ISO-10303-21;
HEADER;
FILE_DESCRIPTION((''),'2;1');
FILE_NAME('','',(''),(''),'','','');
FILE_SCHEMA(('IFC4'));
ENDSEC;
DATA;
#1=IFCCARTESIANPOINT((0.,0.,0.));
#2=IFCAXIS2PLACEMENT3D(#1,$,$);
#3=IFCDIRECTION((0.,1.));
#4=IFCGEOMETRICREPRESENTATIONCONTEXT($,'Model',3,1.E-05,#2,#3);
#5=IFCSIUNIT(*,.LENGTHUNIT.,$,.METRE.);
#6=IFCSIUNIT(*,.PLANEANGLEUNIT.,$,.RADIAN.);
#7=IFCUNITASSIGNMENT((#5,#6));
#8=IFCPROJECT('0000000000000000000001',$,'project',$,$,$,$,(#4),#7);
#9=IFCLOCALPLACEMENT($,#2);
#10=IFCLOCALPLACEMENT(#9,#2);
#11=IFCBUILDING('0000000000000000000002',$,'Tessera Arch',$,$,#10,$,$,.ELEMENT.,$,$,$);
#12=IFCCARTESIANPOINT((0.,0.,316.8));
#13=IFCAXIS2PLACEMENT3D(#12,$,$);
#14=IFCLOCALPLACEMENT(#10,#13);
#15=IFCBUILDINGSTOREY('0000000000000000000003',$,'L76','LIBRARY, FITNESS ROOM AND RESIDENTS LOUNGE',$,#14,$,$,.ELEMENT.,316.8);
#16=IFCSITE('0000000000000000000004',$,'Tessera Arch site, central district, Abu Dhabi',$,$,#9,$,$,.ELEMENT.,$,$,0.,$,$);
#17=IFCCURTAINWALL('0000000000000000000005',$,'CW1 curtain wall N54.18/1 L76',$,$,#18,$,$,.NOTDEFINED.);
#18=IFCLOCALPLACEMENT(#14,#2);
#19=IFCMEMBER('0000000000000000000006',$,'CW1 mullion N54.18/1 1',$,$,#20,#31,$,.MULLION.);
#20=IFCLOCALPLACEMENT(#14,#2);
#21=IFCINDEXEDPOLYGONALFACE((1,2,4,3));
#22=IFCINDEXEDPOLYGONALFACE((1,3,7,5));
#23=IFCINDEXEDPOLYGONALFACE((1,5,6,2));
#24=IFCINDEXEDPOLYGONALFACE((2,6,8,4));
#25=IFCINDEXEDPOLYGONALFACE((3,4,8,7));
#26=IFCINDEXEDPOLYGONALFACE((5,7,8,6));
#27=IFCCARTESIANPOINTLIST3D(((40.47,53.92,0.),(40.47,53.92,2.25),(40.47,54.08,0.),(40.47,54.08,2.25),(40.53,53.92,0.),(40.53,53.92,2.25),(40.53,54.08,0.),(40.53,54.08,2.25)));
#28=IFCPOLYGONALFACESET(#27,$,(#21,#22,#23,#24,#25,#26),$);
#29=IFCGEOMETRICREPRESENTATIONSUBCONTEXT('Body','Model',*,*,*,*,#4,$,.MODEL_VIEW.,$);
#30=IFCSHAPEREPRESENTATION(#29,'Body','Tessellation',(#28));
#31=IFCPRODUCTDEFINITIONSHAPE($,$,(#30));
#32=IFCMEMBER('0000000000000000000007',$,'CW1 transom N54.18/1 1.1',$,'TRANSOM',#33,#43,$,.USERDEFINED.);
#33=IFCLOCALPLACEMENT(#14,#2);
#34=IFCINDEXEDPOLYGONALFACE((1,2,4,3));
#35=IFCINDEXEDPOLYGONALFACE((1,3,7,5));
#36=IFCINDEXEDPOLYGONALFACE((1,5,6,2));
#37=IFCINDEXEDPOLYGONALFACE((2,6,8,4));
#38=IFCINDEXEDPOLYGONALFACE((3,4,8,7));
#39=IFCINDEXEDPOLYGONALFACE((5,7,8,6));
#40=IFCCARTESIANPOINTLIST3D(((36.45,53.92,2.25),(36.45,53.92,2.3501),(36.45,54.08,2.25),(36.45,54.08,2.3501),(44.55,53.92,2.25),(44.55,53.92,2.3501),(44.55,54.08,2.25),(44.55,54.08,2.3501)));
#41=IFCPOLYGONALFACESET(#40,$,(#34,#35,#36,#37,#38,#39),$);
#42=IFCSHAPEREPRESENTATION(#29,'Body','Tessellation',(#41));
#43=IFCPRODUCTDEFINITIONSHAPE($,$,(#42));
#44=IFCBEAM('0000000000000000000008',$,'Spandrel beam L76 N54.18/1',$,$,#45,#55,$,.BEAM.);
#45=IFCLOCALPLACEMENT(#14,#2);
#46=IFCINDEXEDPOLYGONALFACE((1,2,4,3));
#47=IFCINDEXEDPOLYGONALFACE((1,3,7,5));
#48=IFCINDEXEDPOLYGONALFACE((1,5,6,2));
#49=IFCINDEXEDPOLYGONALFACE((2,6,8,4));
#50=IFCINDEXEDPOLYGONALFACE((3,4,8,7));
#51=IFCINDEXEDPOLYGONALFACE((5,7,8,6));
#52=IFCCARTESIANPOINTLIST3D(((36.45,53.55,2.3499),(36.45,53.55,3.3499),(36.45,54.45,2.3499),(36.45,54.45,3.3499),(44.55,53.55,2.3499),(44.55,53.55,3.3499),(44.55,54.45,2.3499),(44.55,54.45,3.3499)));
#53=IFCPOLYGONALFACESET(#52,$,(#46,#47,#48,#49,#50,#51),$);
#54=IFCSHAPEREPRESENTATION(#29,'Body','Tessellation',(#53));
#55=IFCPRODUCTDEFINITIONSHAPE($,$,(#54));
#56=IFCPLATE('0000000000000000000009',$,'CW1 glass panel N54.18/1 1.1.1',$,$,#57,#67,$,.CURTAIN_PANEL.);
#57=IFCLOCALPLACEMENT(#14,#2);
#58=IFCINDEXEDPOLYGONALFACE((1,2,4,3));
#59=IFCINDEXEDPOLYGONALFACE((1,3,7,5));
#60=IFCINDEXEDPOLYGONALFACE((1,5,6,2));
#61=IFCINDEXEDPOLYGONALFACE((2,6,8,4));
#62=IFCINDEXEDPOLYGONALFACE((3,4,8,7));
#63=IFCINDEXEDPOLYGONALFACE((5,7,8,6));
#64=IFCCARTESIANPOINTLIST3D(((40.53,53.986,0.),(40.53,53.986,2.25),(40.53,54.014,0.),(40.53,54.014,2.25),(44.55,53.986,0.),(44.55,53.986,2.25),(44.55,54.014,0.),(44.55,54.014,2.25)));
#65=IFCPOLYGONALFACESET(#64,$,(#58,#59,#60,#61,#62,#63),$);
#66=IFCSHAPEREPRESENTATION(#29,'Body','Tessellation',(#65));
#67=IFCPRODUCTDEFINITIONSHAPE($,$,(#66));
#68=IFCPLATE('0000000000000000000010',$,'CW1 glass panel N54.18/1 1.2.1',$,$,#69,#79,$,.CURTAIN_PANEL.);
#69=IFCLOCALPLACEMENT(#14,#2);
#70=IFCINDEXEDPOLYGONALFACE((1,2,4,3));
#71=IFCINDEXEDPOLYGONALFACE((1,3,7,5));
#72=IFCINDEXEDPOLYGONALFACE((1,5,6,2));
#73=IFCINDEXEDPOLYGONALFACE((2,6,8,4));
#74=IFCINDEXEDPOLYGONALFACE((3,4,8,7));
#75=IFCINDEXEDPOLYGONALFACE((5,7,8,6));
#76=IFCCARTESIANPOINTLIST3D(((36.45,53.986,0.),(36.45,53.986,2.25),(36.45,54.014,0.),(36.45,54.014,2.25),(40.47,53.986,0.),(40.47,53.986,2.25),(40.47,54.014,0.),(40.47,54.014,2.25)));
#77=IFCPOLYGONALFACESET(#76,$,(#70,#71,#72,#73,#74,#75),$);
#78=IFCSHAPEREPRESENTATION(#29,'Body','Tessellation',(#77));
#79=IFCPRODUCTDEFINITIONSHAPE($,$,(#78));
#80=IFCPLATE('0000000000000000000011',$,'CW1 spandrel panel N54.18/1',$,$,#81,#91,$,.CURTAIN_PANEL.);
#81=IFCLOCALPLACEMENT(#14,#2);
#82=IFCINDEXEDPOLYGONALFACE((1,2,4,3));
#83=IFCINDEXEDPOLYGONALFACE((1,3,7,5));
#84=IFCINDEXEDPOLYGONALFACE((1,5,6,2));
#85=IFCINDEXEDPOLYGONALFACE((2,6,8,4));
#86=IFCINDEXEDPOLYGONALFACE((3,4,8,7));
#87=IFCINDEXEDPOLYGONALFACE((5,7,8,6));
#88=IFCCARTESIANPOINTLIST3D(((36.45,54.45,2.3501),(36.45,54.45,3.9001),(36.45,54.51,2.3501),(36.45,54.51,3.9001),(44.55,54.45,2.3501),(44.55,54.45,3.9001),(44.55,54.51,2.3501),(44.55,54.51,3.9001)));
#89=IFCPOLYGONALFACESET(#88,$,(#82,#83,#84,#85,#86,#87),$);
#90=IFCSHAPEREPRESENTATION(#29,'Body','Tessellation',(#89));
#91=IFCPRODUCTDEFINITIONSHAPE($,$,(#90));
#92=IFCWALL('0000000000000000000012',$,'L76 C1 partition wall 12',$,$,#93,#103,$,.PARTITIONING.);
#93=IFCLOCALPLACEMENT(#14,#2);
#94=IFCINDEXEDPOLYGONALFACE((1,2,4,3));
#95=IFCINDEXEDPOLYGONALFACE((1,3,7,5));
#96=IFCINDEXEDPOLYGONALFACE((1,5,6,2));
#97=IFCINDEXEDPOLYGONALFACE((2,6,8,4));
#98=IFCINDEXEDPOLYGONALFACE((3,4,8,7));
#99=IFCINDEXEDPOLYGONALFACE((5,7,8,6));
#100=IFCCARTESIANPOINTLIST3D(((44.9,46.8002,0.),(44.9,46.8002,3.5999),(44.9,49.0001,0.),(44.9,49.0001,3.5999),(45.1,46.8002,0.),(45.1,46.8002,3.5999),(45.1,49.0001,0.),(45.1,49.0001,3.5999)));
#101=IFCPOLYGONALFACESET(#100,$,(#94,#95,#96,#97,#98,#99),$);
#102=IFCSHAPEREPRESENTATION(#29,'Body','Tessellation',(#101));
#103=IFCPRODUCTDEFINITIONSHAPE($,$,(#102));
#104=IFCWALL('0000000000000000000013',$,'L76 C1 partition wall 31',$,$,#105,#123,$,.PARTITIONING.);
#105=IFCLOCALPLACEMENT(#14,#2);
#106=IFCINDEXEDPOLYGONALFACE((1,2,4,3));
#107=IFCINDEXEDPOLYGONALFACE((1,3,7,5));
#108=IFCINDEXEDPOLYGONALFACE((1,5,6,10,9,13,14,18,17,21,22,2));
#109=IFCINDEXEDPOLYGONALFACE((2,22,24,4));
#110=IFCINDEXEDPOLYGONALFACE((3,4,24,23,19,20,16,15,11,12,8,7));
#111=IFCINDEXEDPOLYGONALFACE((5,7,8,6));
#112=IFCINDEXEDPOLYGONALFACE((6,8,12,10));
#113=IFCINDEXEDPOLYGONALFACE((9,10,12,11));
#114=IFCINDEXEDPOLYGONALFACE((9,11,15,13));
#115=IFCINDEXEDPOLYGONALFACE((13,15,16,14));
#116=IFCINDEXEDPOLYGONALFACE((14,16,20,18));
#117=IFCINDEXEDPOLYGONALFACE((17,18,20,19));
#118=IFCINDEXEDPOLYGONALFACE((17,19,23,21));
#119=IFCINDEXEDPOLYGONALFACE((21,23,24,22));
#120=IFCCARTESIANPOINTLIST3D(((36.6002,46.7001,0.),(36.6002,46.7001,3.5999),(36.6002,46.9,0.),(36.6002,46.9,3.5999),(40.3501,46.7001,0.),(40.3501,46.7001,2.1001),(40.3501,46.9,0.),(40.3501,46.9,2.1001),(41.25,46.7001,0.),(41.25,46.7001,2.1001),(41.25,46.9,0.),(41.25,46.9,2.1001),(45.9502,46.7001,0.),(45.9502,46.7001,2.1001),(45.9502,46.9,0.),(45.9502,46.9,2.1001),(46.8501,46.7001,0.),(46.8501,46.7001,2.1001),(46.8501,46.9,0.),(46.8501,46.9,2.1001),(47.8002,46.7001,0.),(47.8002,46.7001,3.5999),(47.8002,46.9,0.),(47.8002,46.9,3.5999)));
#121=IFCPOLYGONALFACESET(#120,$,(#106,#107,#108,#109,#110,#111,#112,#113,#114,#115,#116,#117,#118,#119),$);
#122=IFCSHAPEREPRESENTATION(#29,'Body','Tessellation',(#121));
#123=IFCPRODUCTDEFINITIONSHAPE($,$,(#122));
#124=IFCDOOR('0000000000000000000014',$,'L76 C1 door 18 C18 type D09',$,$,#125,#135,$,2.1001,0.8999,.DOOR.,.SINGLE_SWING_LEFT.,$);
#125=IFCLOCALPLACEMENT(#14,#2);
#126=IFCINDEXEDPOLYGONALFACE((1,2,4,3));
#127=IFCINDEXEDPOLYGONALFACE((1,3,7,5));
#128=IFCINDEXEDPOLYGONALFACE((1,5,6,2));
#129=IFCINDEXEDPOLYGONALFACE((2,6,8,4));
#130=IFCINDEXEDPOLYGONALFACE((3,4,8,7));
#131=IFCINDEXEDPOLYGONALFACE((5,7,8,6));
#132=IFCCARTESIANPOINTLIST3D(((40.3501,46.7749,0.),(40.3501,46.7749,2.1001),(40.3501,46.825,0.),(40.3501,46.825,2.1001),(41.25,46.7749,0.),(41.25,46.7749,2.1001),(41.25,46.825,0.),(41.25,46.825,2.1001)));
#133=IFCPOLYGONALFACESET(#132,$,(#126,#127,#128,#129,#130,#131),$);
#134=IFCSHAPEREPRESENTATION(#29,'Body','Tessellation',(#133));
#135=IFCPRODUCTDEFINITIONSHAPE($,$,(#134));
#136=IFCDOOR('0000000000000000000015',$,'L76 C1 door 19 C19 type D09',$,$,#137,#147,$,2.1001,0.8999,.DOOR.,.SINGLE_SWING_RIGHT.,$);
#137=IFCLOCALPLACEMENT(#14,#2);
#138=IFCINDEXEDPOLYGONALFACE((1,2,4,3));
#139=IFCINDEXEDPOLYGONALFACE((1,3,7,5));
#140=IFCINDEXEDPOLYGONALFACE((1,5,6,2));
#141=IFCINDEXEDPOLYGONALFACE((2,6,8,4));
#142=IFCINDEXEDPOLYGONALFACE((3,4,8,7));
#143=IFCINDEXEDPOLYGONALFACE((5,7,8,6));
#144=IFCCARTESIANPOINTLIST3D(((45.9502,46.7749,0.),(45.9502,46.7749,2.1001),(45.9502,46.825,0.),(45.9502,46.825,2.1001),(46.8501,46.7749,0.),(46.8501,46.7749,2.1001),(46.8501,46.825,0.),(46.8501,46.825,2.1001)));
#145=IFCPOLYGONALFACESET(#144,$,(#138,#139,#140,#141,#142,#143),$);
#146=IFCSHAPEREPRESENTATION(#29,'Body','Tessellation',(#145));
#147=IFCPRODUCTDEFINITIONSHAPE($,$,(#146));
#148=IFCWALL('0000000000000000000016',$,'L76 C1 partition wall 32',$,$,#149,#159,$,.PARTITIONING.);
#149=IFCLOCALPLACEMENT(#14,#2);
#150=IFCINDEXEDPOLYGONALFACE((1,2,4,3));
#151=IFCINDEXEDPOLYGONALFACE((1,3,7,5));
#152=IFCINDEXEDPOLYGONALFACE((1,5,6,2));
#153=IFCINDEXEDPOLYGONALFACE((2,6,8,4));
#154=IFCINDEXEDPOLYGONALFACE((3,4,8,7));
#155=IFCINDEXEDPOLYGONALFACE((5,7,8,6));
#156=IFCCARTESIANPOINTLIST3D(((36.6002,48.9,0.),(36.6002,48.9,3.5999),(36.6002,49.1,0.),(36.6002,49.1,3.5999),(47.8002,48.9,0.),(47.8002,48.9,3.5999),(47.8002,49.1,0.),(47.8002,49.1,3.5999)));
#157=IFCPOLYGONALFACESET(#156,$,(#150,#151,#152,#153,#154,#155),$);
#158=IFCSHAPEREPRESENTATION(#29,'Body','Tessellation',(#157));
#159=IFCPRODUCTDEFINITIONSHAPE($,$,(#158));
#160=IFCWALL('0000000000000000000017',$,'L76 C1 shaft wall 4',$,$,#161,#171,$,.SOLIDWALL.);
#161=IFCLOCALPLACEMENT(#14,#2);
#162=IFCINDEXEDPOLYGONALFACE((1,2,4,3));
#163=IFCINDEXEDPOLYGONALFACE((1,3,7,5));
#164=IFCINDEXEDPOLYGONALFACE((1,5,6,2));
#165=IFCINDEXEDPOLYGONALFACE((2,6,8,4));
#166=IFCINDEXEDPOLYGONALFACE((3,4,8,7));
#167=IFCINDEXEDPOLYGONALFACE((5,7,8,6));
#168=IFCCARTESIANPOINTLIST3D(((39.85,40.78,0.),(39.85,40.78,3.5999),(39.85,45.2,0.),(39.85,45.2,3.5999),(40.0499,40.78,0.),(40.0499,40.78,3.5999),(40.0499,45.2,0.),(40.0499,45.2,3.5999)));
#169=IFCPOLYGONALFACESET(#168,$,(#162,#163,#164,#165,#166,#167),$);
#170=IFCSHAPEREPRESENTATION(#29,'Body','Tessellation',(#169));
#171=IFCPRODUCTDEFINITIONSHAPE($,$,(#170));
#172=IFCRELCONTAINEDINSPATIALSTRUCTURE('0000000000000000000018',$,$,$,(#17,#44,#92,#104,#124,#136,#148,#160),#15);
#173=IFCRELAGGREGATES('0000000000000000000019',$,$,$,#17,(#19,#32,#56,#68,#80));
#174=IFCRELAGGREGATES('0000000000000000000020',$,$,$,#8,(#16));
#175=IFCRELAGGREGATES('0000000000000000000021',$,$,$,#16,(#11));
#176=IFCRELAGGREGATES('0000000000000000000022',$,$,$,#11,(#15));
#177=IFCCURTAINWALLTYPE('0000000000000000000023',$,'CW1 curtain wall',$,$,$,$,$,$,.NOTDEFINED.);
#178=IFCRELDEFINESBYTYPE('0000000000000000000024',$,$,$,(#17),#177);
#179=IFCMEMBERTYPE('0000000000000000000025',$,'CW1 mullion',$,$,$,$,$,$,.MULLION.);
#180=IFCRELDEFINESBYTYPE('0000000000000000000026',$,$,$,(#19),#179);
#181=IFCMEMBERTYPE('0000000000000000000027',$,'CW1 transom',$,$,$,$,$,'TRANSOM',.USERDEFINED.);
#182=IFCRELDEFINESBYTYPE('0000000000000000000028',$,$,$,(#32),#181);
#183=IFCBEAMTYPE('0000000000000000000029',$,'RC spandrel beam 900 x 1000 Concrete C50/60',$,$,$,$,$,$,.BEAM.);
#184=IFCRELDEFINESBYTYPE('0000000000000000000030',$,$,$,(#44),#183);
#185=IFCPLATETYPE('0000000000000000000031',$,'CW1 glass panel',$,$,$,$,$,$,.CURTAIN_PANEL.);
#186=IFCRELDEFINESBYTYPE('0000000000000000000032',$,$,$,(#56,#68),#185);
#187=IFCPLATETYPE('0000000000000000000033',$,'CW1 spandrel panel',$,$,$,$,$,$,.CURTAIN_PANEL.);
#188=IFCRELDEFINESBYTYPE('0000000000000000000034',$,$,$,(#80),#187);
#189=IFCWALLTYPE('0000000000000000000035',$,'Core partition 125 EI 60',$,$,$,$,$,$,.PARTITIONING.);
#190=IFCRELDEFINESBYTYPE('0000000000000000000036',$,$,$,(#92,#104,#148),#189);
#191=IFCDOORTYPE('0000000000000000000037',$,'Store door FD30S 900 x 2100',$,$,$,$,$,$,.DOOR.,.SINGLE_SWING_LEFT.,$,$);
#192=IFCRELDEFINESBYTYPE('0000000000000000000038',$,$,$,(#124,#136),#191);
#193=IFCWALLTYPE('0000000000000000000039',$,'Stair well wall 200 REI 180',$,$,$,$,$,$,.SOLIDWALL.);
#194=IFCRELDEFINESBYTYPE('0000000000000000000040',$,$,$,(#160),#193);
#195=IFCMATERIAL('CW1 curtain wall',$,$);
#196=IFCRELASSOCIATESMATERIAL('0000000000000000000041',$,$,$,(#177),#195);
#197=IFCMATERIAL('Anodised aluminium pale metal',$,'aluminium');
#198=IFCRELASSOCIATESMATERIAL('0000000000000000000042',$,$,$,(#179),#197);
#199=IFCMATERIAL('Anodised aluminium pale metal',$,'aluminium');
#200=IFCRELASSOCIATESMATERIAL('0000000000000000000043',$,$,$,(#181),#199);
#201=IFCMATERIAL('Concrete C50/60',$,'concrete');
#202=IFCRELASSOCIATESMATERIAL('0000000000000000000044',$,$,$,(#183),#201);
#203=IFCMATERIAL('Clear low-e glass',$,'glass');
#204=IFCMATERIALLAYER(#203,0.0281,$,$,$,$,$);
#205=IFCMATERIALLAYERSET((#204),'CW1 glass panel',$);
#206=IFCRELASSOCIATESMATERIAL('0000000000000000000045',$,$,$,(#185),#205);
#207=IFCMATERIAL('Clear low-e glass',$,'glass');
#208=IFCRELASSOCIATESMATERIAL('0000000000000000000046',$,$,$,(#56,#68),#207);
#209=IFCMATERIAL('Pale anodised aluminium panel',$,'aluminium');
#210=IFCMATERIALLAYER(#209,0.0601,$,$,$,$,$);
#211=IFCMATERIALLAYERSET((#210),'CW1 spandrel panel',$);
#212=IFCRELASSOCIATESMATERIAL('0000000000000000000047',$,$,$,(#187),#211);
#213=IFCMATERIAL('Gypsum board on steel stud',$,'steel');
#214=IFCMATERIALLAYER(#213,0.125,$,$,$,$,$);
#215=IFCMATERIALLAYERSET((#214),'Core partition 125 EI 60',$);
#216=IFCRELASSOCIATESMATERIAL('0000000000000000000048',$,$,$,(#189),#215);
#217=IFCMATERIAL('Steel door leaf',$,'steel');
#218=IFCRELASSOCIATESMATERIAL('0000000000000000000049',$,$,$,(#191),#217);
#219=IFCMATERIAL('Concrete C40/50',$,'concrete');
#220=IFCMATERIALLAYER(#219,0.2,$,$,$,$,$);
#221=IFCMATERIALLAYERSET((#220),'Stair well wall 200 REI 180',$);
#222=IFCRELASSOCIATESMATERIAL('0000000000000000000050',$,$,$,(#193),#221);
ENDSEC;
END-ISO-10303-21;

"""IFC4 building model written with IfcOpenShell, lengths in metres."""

from ifc_helpers import new_model, si_unit, direction, frame, frame_2d, origin, origin_2d, place, context, subcontext, project, spatial, rectangle, extrude, material, layer, layer_set, material_profile, profile_set, type_object, element, fill, aggregate, save


model = new_model("IFC4")

# Units and contexts
model_context = context("Model", 3, precision=1e-05, world=origin(), true_north=direction((0.0, 1.0)))
body_context = subcontext(model_context, "Body", "Model", "MODEL_VIEW")
ifc_project = project(units=[si_unit("LENGTHUNIT", "METRE"), si_unit("PLANEANGLEUNIT", "RADIAN")], contexts=[model_context])

# Site, building, storey
site_placement = place(None, origin())
site = spatial("IfcSite", under=ifc_project, at=site_placement, Name="Tessera Arch site, central district, Abu Dhabi", CompositionType="ELEMENT", RefElevation=0.0)
building_placement = place(site_placement, origin())
building = spatial("IfcBuilding", under=site, at=building_placement, Name="Tessera Arch", CompositionType="ELEMENT")
storey_placement = place(building_placement, frame((0.0, 0.0, 316.8)))
storey = spatial("IfcBuildingStorey", under=building, at=storey_placement, Name="L76", Description="LIBRARY, FITNESS ROOM AND RESIDENTS LOUNGE", CompositionType="ELEMENT", Elevation=316.8)

# Curtain wall, members
ifc_material_1 = material(Name="CW1 curtain wall")
curtain_wall_type = type_object("IfcCurtainWallType", Name="CW1 curtain wall", PredefinedType="NOTDEFINED", material=ifc_material_1)
curtain_wall_placement = place(storey_placement, origin())
curtain_wall = element("IfcCurtainWall", 1, at=curtain_wall_placement, inside=storey, type_object=curtain_wall_type, Name="CW1 curtain wall N54.18/1 L76", PredefinedType="NOTDEFINED")
ifc_material_2 = material(Name="Anodised aluminium pale metal", Category="aluminium")
ifc_material_profile_1 = material_profile(ifc_material_2, rectangle(XDim=0.1599, YDim=0.0601, at=origin_2d()), Name="AL 60x160")
ifc_profile_set_1 = profile_set([ifc_material_profile_1], Name="Anodised aluminium pale metal")
member_type_1 = type_object("IfcMemberType", Name="CW1 mullion", PredefinedType="MULLION", material=ifc_profile_set_1)
member_1_placement = place(storey_placement, frame((40.5, 54.0, 0.0), z_axis=(0.0, 0.0, 1.0), x_axis=(0.0, -1.0, 0.0)))
member_1 = element("IfcMember", 2, at=member_1_placement, type_object=member_type_1, Name="CW1 mullion N54.18/1 1", PredefinedType="MULLION", context=body_context, shape_type="SweptSolid", body=[
    extrude(rectangle(XDim=0.1599, YDim=0.0601, at=origin_2d()), origin(), (0.0, 0.0, 1.0), 2.25),
])
ifc_material_3 = material(Name="Anodised aluminium pale metal", Category="aluminium")
ifc_material_profile_2 = material_profile(ifc_material_3, rectangle(XDim=0.1599, YDim=0.1001, at=origin_2d()), Name="AL 160x100")
ifc_profile_set_2 = profile_set([ifc_material_profile_2], Name="Anodised aluminium pale metal")
member_type_2 = type_object("IfcMemberType", Name="CW1 transom", ElementType="TRANSOM", PredefinedType="USERDEFINED", material=ifc_profile_set_2)
member_2_placement = place(storey_placement, frame((44.55, 54.0, 2.3), z_axis=(-1.0, 0.0, 0.0), x_axis=(0.0, -1.0, 0.0)))
member_2 = element("IfcMember", 3, at=member_2_placement, type_object=member_type_2, Name="CW1 transom N54.18/1 1.1", ObjectType="TRANSOM", PredefinedType="USERDEFINED", context=body_context, shape_type="SweptSolid", body=[
    extrude(rectangle(XDim=0.1599, YDim=0.1001, at=origin_2d()), origin(), (0.0, 0.0, 1.0), 8.1001),
])

# Beam
ifc_material_4 = material(Name="Concrete C50/60", Category="concrete")
ifc_material_profile_3 = material_profile(ifc_material_4, rectangle(XDim=0.8999, YDim=1.0, at=origin_2d()), Name="RC spandrel beam 900 x 1000 Concrete C50/60")
ifc_profile_set_3 = profile_set([ifc_material_profile_3], Name="Concrete C50/60")
beam_type = type_object("IfcBeamType", Name="RC spandrel beam 900 x 1000 Concrete C50/60", PredefinedType="BEAM", material=ifc_profile_set_3)
beam_placement = place(storey_placement, frame((44.55, 54.0, 2.8499), z_axis=(-1.0, 0.0, 0.0), x_axis=(0.0, -1.0, 0.0)))
element("IfcBeam", 4, at=beam_placement, inside=storey, type_object=beam_type, Name="Spandrel beam L76 N54.18/1", PredefinedType="BEAM", context=body_context, shape_type="SweptSolid", body=[
    extrude(rectangle(XDim=0.8999, YDim=1.0, at=origin_2d()), origin(), (0.0, 0.0, 1.0), 8.1001),
])

# Plates
ifc_material_5 = material(Name="Clear low-e glass", Category="glass")
ifc_material_6 = material(Name="Clear low-e glass", Category="glass")
ifc_layer_1 = layer(ifc_material_6, 0.0281)
ifc_layer_set_1 = layer_set([ifc_layer_1], Name="CW1 glass panel")
plate_type_1 = type_object("IfcPlateType", Name="CW1 glass panel", PredefinedType="CURTAIN_PANEL", material=ifc_layer_set_1)
plate_1_placement = place(storey_placement, frame((42.54, 54.0, 0.0), z_axis=(0.0, 0.0, 1.0), x_axis=(-1.0, 0.0, 0.0)))
plate_1 = element("IfcPlate", 5, at=plate_1_placement, type_object=plate_type_1, material=ifc_material_5, Name="CW1 glass panel N54.18/1 1.1.1", PredefinedType="CURTAIN_PANEL", context=body_context, shape_type="SweptSolid", body=[
    extrude(rectangle(XDim=4.02, YDim=0.0281, at=origin_2d()), origin(), (0.0, 0.0, 1.0), 2.25),
])
plate_2_placement = place(storey_placement, frame((38.46, 54.0, 0.0), z_axis=(0.0, 0.0, 1.0), x_axis=(-1.0, 0.0, 0.0)))
plate_2 = element("IfcPlate", 6, at=plate_2_placement, type_object=plate_type_1, material=ifc_material_5, Name="CW1 glass panel N54.18/1 1.2.1", PredefinedType="CURTAIN_PANEL", context=body_context, shape_type="SweptSolid", body=[
    extrude(rectangle(XDim=4.02, YDim=0.0281, at=origin_2d()), origin(), (0.0, 0.0, 1.0), 2.25),
])
ifc_material_7 = material(Name="Pale anodised aluminium panel", Category="aluminium")
ifc_layer_2 = layer(ifc_material_7, 0.0601)
ifc_layer_set_2 = layer_set([ifc_layer_2], Name="CW1 spandrel panel")
plate_type_2 = type_object("IfcPlateType", Name="CW1 spandrel panel", PredefinedType="CURTAIN_PANEL", material=ifc_layer_set_2)
plate_3_placement = place(storey_placement, frame((40.5, 54.48, 2.3501), z_axis=(0.0, 0.0, 1.0), x_axis=(-1.0, 0.0, 0.0)))
plate_3 = element("IfcPlate", 7, at=plate_3_placement, type_object=plate_type_2, Name="CW1 spandrel panel N54.18/1", PredefinedType="CURTAIN_PANEL", context=body_context, shape_type="SweptSolid", body=[
    extrude(rectangle(XDim=8.1001, YDim=0.0601, at=origin_2d()), origin(), (0.0, 0.0, 1.0), 1.55),
])
aggregate(curtain_wall, [member_1, member_2, plate_1, plate_2, plate_3])

# Wall
ifc_material_8 = material(Name="Gypsum board on steel stud", Category="steel")
ifc_layer_3 = layer(ifc_material_8, 0.125)
ifc_layer_set_3 = layer_set([ifc_layer_3], Name="Core partition 125 EI 60")
wall_type_1 = type_object("IfcWallType", Name="Core partition 125 EI 60", PredefinedType="PARTITIONING", material=ifc_layer_set_3)
wall_1_placement = place(storey_placement, frame((45.0, 46.8, 0.0), z_axis=(0.0, 0.0, 1.0), x_axis=(0.0, 1.0, 0.0)))
element("IfcWall", 8, at=wall_1_placement, inside=storey, type_object=wall_type_1, Name="L76 C1 partition wall 12", PredefinedType="PARTITIONING", context=body_context, shape_type="SweptSolid", body=[
    extrude(rectangle(XDim=2.2, YDim=0.2, at=frame_2d((1.1001, 0.0))), origin(), (0.0, 0.0, 1.0), 3.5999),
])

# Wall, openings, doors
wall_2_placement = place(storey_placement, frame((36.6001, 46.8, 0.0), z_axis=(0.0, 0.0, 1.0), x_axis=(1.0, 0.0, 0.0)))
wall_2 = element("IfcWall", 9, at=wall_2_placement, inside=storey, type_object=wall_type_1, Name="L76 C1 partition wall 31", PredefinedType="PARTITIONING", context=body_context, shape_type="SweptSolid", body=[
    extrude(rectangle(XDim=11.2, YDim=0.2, at=frame_2d((5.6001, 0.0))), origin(), (0.0, 0.0, 1.0), 3.5999),
])
opening_1_placement = place(wall_2_placement, frame((3.75, 0.0, 0.0)))
opening_1 = element("IfcOpeningElement", 10, at=opening_1_placement, cuts=wall_2, PredefinedType="OPENING", context=body_context, shape_type="SweptSolid", body=[
    extrude(rectangle(XDim=0.8999, YDim=2.1001, at=frame_2d((0.45, 1.05))), frame((0.0, 0.1099, 0.0), z_axis=(0.0, -1.0, 0.0), x_axis=(1.0, 0.0, 0.0)), (0.0, 0.0, 1.0), 0.22),
])
opening_2_placement = place(wall_2_placement, frame((9.3501, 0.0, 0.0)))
opening_2 = element("IfcOpeningElement", 11, at=opening_2_placement, cuts=wall_2, PredefinedType="OPENING", context=body_context, shape_type="SweptSolid", body=[
    extrude(rectangle(XDim=0.8999, YDim=2.1001, at=frame_2d((0.45, 1.05))), frame((0.0, 0.1099, 0.0), z_axis=(0.0, -1.0, 0.0), x_axis=(1.0, 0.0, 0.0)), (0.0, 0.0, 1.0), 0.22),
])
ifc_material_9 = material(Name="Steel door leaf", Category="steel")
door_type_1 = type_object("IfcDoorType", Name="Store door FD30S 900 x 2100", OperationType="SINGLE_SWING_LEFT", PredefinedType="DOOR", material=ifc_material_9)
door_1_placement = place(opening_1_placement, origin())
door_1 = element("IfcDoor", 12, at=door_1_placement, inside=storey, type_object=door_type_1, Name="L76 C1 door 18 C18 type D09", OperationType="SINGLE_SWING_LEFT", OverallHeight=2.1001, OverallWidth=0.8999, PredefinedType="DOOR", context=body_context, shape_type="SweptSolid", body=[
    extrude(rectangle(XDim=0.8999, YDim=2.1001, at=frame_2d((0.45, 1.05))), frame((0.0, 0.0249, 0.0), z_axis=(0.0, -1.0, 0.0), x_axis=(1.0, 0.0, 0.0)), (0.0, 0.0, 1.0), 0.05),
])
fill(opening_1, door_1)
door_2_placement = place(opening_2_placement, origin())
door_2 = element("IfcDoor", 13, at=door_2_placement, inside=storey, type_object=door_type_1, Name="L76 C1 door 19 C19 type D09", OperationType="SINGLE_SWING_RIGHT", OverallHeight=2.1001, OverallWidth=0.8999, PredefinedType="DOOR", context=body_context, shape_type="SweptSolid", body=[
    extrude(rectangle(XDim=0.8999, YDim=2.1001, at=frame_2d((0.45, 1.05))), frame((0.0, 0.0249, 0.0), z_axis=(0.0, -1.0, 0.0), x_axis=(1.0, 0.0, 0.0)), (0.0, 0.0, 1.0), 0.05),
])
fill(opening_2, door_2)

# Walls
wall_3_placement = place(storey_placement, frame((36.6001, 49.0, 0.0), z_axis=(0.0, 0.0, 1.0), x_axis=(1.0, 0.0, 0.0)))
element("IfcWall", 14, at=wall_3_placement, inside=storey, type_object=wall_type_1, Name="L76 C1 partition wall 32", PredefinedType="PARTITIONING", context=body_context, shape_type="SweptSolid", body=[
    extrude(rectangle(XDim=11.2, YDim=0.2, at=frame_2d((5.6001, 0.0))), origin(), (0.0, 0.0, 1.0), 3.5999),
])
ifc_material_10 = material(Name="Concrete C40/50", Category="concrete")
ifc_layer_4 = layer(ifc_material_10, 0.2)
ifc_layer_set_4 = layer_set([ifc_layer_4], Name="Stair well wall 200 REI 180")
wall_type_2 = type_object("IfcWallType", Name="Stair well wall 200 REI 180", PredefinedType="SOLIDWALL", material=ifc_layer_set_4)
wall_4_placement = place(storey_placement, frame((39.95, 40.78, 0.0), z_axis=(0.0, 0.0, 1.0), x_axis=(0.0, 1.0, 0.0)))
element("IfcWall", 15, at=wall_4_placement, inside=storey, type_object=wall_type_2, Name="L76 C1 shaft wall 4", PredefinedType="SOLIDWALL", context=body_context, shape_type="SweptSolid", body=[
    extrude(rectangle(XDim=4.4199, YDim=0.2, at=frame_2d((2.21, 0.0))), origin(), (0.0, 0.0, 1.0), 3.5999),
])

save(model, "model.ifc")
